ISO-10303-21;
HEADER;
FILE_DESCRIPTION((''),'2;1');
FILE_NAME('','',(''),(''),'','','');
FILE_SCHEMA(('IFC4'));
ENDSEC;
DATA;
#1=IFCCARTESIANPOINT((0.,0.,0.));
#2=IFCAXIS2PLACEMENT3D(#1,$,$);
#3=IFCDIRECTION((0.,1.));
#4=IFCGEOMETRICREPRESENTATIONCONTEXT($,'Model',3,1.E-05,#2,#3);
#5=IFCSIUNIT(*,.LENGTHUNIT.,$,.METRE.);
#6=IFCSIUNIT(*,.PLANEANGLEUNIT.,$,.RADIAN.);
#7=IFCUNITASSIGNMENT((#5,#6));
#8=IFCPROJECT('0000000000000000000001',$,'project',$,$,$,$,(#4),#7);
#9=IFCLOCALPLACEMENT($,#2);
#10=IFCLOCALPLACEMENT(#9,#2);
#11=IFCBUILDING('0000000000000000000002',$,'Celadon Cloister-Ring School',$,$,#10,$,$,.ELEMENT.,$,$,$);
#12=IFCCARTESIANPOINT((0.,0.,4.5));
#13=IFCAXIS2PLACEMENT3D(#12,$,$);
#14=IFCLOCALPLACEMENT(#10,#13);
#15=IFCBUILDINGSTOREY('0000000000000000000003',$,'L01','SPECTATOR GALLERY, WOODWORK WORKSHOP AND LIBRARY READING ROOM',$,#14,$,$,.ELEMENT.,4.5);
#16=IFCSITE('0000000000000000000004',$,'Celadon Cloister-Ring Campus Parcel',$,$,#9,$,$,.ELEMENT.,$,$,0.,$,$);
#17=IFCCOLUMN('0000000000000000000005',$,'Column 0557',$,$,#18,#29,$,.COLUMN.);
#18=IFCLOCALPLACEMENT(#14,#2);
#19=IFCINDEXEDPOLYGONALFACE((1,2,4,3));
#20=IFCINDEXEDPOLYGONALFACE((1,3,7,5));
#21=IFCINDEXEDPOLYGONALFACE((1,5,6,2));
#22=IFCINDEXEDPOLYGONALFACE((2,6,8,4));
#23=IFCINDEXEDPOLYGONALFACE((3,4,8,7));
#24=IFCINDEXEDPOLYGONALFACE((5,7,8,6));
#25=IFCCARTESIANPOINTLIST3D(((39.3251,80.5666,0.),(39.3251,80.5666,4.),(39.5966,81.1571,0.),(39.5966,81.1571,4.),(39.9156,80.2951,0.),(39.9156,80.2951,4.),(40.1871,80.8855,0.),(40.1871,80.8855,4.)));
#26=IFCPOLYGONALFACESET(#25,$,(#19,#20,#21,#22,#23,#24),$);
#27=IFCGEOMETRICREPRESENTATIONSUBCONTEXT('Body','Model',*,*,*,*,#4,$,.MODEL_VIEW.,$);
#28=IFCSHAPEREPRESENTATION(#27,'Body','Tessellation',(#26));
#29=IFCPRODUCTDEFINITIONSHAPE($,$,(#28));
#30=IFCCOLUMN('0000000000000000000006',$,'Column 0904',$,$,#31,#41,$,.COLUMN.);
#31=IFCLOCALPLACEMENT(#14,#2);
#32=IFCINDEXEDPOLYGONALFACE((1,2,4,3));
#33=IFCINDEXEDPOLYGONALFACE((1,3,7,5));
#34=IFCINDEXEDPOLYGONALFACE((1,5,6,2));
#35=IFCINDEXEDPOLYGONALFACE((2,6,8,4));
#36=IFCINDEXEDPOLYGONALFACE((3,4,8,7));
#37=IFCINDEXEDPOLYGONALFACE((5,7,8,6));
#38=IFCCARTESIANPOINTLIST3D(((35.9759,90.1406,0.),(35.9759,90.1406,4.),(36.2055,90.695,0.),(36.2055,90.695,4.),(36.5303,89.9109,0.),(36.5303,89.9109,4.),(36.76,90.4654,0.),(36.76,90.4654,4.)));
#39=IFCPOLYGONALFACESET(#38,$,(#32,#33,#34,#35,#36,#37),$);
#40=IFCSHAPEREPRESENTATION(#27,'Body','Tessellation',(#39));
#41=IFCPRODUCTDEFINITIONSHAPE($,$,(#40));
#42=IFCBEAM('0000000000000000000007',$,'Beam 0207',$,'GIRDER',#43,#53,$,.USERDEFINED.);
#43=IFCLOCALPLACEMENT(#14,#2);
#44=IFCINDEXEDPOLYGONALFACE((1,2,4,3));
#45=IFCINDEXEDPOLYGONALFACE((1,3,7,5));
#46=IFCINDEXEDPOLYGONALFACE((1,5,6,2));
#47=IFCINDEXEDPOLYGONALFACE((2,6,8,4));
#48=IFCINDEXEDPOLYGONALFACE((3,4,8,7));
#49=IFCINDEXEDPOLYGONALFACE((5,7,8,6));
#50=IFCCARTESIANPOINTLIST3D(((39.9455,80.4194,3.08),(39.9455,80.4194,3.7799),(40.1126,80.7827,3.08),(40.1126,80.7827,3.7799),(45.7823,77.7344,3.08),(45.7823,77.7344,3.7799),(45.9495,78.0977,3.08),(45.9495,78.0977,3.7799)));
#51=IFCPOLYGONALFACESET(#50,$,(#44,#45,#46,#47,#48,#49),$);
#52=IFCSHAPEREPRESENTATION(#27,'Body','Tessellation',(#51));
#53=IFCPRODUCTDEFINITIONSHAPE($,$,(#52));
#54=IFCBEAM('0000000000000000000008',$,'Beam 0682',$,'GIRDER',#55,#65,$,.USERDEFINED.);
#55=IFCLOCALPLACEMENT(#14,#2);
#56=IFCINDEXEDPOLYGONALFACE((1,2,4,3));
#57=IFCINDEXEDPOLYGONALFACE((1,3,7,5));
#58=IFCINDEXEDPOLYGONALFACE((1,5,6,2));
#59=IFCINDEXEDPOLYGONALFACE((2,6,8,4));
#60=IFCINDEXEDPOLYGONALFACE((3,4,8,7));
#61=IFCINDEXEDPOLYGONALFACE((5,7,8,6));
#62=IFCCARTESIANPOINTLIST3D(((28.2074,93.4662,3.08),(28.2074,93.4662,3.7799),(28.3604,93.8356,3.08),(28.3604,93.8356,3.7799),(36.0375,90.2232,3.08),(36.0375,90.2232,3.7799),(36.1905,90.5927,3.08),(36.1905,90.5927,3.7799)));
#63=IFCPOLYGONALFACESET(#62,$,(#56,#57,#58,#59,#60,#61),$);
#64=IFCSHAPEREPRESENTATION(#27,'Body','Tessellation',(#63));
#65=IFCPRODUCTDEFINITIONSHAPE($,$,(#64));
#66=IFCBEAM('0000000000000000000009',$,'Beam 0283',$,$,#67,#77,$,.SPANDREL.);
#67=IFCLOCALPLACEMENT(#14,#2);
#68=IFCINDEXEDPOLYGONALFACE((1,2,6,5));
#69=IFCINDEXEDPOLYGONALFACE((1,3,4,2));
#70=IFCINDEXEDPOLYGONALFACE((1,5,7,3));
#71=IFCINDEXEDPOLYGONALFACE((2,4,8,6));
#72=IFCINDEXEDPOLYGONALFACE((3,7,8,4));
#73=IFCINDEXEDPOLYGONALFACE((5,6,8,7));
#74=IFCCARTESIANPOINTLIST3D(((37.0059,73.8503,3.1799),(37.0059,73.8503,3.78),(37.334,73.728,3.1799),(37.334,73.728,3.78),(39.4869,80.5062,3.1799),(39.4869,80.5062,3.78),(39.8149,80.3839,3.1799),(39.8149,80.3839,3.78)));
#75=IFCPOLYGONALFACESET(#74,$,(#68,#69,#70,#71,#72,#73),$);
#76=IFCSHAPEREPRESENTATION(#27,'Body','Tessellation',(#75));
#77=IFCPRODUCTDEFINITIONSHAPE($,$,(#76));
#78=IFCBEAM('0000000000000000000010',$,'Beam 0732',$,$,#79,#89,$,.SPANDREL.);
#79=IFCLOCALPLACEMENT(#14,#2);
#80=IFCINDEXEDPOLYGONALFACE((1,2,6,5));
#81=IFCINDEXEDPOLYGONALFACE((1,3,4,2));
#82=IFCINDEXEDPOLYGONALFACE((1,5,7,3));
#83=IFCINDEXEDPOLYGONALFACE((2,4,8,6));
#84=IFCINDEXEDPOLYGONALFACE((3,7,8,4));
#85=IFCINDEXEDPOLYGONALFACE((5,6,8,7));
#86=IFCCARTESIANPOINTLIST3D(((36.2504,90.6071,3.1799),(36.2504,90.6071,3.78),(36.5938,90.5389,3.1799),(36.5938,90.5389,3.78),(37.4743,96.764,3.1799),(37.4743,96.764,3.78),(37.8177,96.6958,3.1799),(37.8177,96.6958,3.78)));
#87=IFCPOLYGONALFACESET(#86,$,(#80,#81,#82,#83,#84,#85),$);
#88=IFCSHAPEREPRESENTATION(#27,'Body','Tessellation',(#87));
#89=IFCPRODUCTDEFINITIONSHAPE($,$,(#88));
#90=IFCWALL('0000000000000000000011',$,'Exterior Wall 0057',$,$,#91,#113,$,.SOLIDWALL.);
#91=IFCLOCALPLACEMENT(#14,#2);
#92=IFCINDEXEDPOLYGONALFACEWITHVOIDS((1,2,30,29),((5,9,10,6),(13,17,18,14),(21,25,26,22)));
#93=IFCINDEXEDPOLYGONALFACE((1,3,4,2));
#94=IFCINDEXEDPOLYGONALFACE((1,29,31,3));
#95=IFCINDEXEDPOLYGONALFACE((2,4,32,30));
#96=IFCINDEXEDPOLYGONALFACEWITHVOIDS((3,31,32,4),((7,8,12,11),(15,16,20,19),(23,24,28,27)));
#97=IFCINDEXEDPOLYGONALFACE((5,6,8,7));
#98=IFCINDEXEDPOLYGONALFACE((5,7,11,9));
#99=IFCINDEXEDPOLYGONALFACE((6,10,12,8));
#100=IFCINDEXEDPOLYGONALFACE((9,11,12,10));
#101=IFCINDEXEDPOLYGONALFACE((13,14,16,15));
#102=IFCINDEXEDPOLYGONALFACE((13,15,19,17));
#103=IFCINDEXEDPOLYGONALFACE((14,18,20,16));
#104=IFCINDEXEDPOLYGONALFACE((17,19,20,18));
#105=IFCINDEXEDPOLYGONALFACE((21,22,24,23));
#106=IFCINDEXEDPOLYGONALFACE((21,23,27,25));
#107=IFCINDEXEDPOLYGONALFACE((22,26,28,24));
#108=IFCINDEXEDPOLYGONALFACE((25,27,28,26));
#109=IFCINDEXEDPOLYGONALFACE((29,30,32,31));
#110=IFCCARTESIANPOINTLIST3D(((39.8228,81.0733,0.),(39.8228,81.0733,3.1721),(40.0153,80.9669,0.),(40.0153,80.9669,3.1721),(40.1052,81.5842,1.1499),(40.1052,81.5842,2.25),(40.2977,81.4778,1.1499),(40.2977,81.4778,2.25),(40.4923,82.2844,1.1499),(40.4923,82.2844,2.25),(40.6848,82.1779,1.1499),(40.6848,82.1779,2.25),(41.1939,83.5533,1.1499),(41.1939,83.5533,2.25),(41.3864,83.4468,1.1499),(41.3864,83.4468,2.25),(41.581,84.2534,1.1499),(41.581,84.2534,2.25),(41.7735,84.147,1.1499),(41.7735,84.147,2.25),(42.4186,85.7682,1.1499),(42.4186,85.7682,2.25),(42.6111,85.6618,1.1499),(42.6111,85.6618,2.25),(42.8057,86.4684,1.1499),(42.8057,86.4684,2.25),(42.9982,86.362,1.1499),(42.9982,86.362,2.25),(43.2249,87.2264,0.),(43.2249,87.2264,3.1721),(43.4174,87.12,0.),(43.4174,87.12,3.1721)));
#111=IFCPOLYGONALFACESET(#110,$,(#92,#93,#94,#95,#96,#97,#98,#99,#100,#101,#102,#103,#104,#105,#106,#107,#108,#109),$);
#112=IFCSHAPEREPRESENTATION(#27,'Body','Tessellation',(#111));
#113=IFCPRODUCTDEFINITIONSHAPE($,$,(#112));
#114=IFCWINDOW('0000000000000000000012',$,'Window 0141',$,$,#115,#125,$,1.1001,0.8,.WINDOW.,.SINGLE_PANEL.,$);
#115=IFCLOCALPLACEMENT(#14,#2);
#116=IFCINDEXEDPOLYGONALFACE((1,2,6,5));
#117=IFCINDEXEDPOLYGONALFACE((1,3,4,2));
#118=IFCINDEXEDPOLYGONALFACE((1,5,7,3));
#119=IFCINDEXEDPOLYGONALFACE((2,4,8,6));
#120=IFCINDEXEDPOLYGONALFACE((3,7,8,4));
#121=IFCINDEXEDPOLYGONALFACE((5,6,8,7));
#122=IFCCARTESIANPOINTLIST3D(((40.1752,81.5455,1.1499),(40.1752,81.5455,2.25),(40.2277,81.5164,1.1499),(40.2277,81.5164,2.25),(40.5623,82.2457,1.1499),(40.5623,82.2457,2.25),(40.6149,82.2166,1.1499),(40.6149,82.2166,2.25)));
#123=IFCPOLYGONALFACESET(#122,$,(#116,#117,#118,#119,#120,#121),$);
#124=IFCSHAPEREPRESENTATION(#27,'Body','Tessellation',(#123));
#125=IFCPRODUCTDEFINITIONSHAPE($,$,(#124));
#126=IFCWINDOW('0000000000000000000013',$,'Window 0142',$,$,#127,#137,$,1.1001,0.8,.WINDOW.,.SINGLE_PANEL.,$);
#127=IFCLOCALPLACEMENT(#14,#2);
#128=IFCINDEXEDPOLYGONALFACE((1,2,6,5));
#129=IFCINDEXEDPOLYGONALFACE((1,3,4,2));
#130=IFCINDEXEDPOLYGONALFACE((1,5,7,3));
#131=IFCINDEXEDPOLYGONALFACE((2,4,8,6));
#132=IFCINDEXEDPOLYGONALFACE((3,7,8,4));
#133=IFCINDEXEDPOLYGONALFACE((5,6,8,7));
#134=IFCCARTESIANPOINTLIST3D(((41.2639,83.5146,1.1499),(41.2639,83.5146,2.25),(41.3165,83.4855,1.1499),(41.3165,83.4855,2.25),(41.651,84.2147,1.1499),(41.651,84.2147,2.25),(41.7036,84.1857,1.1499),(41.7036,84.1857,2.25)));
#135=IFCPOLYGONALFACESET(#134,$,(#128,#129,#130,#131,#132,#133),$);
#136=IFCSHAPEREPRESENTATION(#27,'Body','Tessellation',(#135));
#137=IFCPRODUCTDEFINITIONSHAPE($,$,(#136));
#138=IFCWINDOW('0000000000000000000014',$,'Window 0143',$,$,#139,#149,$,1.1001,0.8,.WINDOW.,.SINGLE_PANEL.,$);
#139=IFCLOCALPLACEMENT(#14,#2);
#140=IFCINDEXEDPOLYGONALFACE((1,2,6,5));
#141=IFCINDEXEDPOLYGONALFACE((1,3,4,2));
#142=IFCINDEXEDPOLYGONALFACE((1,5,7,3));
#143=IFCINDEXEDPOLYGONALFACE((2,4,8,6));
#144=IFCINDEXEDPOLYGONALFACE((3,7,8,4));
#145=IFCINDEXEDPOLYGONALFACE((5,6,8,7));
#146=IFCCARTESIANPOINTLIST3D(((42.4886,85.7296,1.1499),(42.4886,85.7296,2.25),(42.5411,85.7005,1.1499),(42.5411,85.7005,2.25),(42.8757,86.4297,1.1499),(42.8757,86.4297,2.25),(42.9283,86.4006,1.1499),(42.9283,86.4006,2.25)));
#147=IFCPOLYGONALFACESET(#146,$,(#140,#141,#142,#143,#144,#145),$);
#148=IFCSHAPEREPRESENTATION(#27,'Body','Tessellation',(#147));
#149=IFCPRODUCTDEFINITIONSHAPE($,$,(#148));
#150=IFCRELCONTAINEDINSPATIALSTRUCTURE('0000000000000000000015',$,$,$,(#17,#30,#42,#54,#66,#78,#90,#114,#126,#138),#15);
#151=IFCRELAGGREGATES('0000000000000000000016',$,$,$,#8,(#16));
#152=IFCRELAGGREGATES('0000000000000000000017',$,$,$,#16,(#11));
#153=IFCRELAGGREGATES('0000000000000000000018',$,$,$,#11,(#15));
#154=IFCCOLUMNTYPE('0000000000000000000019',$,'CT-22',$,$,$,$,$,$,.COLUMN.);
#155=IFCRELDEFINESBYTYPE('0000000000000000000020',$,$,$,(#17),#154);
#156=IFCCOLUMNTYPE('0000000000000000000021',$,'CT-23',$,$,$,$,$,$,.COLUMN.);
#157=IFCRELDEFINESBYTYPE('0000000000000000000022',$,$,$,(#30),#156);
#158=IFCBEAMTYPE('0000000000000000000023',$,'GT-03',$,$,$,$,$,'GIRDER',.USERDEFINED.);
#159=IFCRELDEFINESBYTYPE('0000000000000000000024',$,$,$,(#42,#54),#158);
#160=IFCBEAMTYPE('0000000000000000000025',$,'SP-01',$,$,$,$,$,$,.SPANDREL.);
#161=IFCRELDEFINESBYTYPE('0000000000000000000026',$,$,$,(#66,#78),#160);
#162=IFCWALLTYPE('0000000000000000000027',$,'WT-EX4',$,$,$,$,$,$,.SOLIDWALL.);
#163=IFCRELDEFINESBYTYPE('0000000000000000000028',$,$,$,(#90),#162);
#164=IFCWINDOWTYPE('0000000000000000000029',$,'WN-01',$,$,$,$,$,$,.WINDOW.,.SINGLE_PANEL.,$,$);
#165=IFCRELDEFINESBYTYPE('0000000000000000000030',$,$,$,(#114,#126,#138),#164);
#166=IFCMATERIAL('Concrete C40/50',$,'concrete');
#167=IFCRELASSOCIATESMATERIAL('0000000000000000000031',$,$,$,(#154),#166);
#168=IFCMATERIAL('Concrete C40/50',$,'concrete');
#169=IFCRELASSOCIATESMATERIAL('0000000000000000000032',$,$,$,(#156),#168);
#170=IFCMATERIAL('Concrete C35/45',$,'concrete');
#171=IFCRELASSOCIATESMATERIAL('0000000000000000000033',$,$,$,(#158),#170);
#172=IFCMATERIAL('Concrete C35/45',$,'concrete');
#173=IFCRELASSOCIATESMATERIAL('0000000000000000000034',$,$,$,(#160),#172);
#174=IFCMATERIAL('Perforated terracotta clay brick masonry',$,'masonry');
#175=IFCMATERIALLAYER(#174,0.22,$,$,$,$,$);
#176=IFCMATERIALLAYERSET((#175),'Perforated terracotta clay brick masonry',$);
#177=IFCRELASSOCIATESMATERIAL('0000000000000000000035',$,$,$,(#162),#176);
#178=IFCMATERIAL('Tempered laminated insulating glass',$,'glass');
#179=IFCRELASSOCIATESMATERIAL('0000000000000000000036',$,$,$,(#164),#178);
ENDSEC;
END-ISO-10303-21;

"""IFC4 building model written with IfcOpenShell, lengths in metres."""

from ifc_helpers import new_model, si_unit, direction, frame, frame_2d, origin, origin_2d, place, context, subcontext, project, spatial, rectangle, extrude, material, layer, layer_set, material_profile, profile_set, type_object, element, fill, save


model = new_model("IFC4")

# Units and contexts
model_context = context("Model", 3, precision=1e-05, world=origin(), true_north=direction((0.0, 1.0)))
body_context = subcontext(model_context, "Body", "Model", "MODEL_VIEW")
ifc_project = project(units=[si_unit("LENGTHUNIT", "METRE"), si_unit("PLANEANGLEUNIT", "RADIAN")], contexts=[model_context])

# Site, building, storey
site_placement = place(None, origin())
site = spatial("IfcSite", under=ifc_project, at=site_placement, Name="Celadon Cloister-Ring Campus Parcel", CompositionType="ELEMENT", RefElevation=0.0)
building_placement = place(site_placement, origin())
building = spatial("IfcBuilding", under=site, at=building_placement, Name="Celadon Cloister-Ring School", CompositionType="ELEMENT")
storey_placement = place(building_placement, frame((0.0, 0.0, 4.5)))
storey = spatial("IfcBuildingStorey", under=building, at=storey_placement, Name="L01", Description="SPECTATOR GALLERY, WOODWORK WORKSHOP AND LIBRARY READING ROOM", CompositionType="ELEMENT", Elevation=4.5)

# Columns
ifc_material_1 = material(Name="Concrete C40/50", Category="concrete")
ifc_material_profile_1 = material_profile(ifc_material_1, rectangle(XDim=0.6499, YDim=0.6499, at=origin_2d()), Name="RC650X650")
ifc_profile_set_1 = profile_set([ifc_material_profile_1], Name="Concrete C40/50")
column_type_1 = type_object("IfcColumnType", Name="CT-22", PredefinedType="COLUMN", material=ifc_profile_set_1)
column_1_placement = place(storey_placement, frame((39.7561, 80.7261, 0.0), z_axis=(0.0, 0.0, 1.0), x_axis=(-0.908537, 0.417804, 0.0)))
element("IfcColumn", 1, at=column_1_placement, inside=storey, type_object=column_type_1, Name="Column 0557", PredefinedType="COLUMN", context=body_context, shape_type="SweptSolid", body=[
    extrude(rectangle(XDim=0.6499, YDim=0.6499, at=origin_2d()), origin(), (0.0, 0.0, 1.0), 4.0),
])
ifc_material_2 = material(Name="Concrete C40/50", Category="concrete")
ifc_material_profile_2 = material_profile(ifc_material_2, rectangle(XDim=0.6001, YDim=0.6001, at=origin_2d()), Name="RC600X600")
ifc_profile_set_2 = profile_set([ifc_material_profile_2], Name="Concrete C40/50")
column_type_2 = type_object("IfcColumnType", Name="CT-23", PredefinedType="COLUMN", material=ifc_profile_set_2)
column_2_placement = place(storey_placement, frame((36.3679, 90.303, 0.0), z_axis=(0.0, 0.0, 1.0), x_axis=(0.92388, -0.382683, 0.0)))
element("IfcColumn", 2, at=column_2_placement, inside=storey, type_object=column_type_2, Name="Column 0904", PredefinedType="COLUMN", context=body_context, shape_type="SweptSolid", body=[
    extrude(rectangle(XDim=0.6001, YDim=0.6001, at=origin_2d()), origin(), (0.0, 0.0, 1.0), 4.0),
])

# Beams
ifc_material_3 = material(Name="Concrete C35/45", Category="concrete")
ifc_material_profile_3 = material_profile(ifc_material_3, rectangle(XDim=0.3999, YDim=0.7, at=origin_2d()), Name="RC400X700")
ifc_profile_set_3 = profile_set([ifc_material_profile_3], Name="Concrete C35/45")
beam_type_1 = type_object("IfcBeamType", Name="GT-03", ElementType="GIRDER", PredefinedType="USERDEFINED", material=ifc_profile_set_3)
beam_1_placement = place(storey_placement, frame((40.0291, 80.6011, 3.4299), z_axis=(0.908486, -0.417916, 0.0), x_axis=(0.417916, 0.908486, 0.0)))
element("IfcBeam", 3, at=beam_1_placement, inside=storey, type_object=beam_type_1, Name="Beam 0207", ObjectType="GIRDER", PredefinedType="USERDEFINED", context=body_context, shape_type="SweptSolid", body=[
    extrude(rectangle(XDim=0.3999, YDim=0.7, at=origin_2d()), origin(), (0.0, 0.0, 1.0), 6.4248),
])
beam_2_placement = place(storey_placement, frame((36.114, 90.408, 3.4299), z_axis=(-0.923896, 0.382643, 0.0), x_axis=(-0.382643, -0.923896, 0.0)))
element("IfcBeam", 4, at=beam_2_placement, inside=storey, type_object=beam_type_1, Name="Beam 0682", ObjectType="GIRDER", PredefinedType="USERDEFINED", context=body_context, shape_type="SweptSolid", body=[
    extrude(rectangle(XDim=0.3999, YDim=0.7, at=origin_2d()), origin(), (0.0, 0.0, 1.0), 8.4751),
])
ifc_material_4 = material(Name="Concrete C35/45", Category="concrete")
ifc_material_profile_4 = material_profile(ifc_material_4, rectangle(XDim=0.3501, YDim=0.6001, at=origin_2d()), Name="RC350X600")
ifc_profile_set_4 = profile_set([ifc_material_profile_4], Name="Concrete C35/45")
beam_type_2 = type_object("IfcBeamType", Name="SP-01", PredefinedType="SPANDREL", material=ifc_profile_set_4)
beam_3_placement = place(storey_placement, frame((39.6509, 80.4451, 3.48), z_axis=(-0.349266, -0.937024, 0.0), x_axis=(0.937024, -0.349266, 0.0)))
element("IfcBeam", 5, at=beam_3_placement, inside=storey, type_object=beam_type_2, Name="Beam 0283", PredefinedType="SPANDREL", context=body_context, shape_type="SweptSolid", body=[
    extrude(rectangle(XDim=0.3501, YDim=0.6001, at=origin_2d()), origin(), (0.0, 0.0, 1.0), 7.1033),
])
beam_4_placement = place(storey_placement, frame((36.4221, 90.573, 3.48), z_axis=(0.194964, 0.98081, 0.0), x_axis=(-0.98081, 0.194964, 0.0)))
element("IfcBeam", 6, at=beam_4_placement, inside=storey, type_object=beam_type_2, Name="Beam 0732", PredefinedType="SPANDREL", context=body_context, shape_type="SweptSolid", body=[
    extrude(rectangle(XDim=0.3501, YDim=0.6001, at=origin_2d()), origin(), (0.0, 0.0, 1.0), 6.2773),
])

# Wall, openings, windows
ifc_material_5 = material(Name="Perforated terracotta clay brick masonry", Category="masonry")
ifc_layer_1 = layer(ifc_material_5, 0.22)
ifc_layer_set_1 = layer_set([ifc_layer_1], Name="Perforated terracotta clay brick masonry")
wall_type = type_object("IfcWallType", Name="WT-EX4", PredefinedType="SOLIDWALL", material=ifc_layer_set_1)
wall_1_placement = place(storey_placement, frame((39.9189, 81.02, 0.0), z_axis=(0.0, 0.0, 1.0), x_axis=(0.483873, 0.875138, 0.0)))
wall_1 = element("IfcWall", 7, at=wall_1_placement, inside=storey, type_object=wall_type, Name="Exterior Wall 0057", PredefinedType="SOLIDWALL", context=body_context, shape_type="SweptSolid", body=[
    extrude(rectangle(XDim=7.031, YDim=0.22, at=frame_2d((3.5156, 0.0))), origin(), (0.0, 0.0, 1.0), 3.1721),
])
opening_1_placement = place(wall_1_placement, frame((0.584, 0.0, 1.1499)))
opening_1 = element("IfcOpeningElement", 8, at=opening_1_placement, cuts=wall_1, PredefinedType="OPENING", context=body_context, shape_type="SweptSolid", body=[
    extrude(rectangle(XDim=0.8, YDim=1.1001, at=frame_2d((0.3999, 0.55))), frame((0.0, 0.1201, 0.0), z_axis=(0.0, -1.0, 0.0), x_axis=(1.0, 0.0, 0.0)), (0.0, 0.0, 1.0), 0.24),
])
opening_2_placement = place(wall_1_placement, frame((2.834, 0.0, 1.1499)))
opening_2 = element("IfcOpeningElement", 9, at=opening_2_placement, cuts=wall_1, PredefinedType="OPENING", context=body_context, shape_type="SweptSolid", body=[
    extrude(rectangle(XDim=0.8, YDim=1.1001, at=frame_2d((0.3999, 0.55))), frame((0.0, 0.1201, 0.0), z_axis=(0.0, -1.0, 0.0), x_axis=(1.0, 0.0, 0.0)), (0.0, 0.0, 1.0), 0.24),
])
opening_3_placement = place(wall_1_placement, frame((5.365, 0.0, 1.1499)))
opening_3 = element("IfcOpeningElement", 10, at=opening_3_placement, cuts=wall_1, PredefinedType="OPENING", context=body_context, shape_type="SweptSolid", body=[
    extrude(rectangle(XDim=0.8, YDim=1.1001, at=frame_2d((0.3999, 0.55))), frame((0.0, 0.1201, 0.0), z_axis=(0.0, -1.0, 0.0), x_axis=(1.0, 0.0, 0.0)), (0.0, 0.0, 1.0), 0.24),
])
ifc_material_6 = material(Name="Tempered laminated insulating glass", Category="glass")
window_type_1 = type_object("IfcWindowType", Name="WN-01", PartitioningType="SINGLE_PANEL", PredefinedType="WINDOW", material=ifc_material_6)
window_1_placement = place(opening_1_placement, origin())
window_1 = element("IfcWindow", 11, at=window_1_placement, inside=storey, type_object=window_type_1, Name="Window 0141", OverallHeight=1.1001, OverallWidth=0.8, PartitioningType="SINGLE_PANEL", PredefinedType="WINDOW", context=body_context, shape_type="SweptSolid", body=[
    extrude(rectangle(XDim=0.8, YDim=1.1001, at=frame_2d((0.3999, 0.55))), frame((0.0, 0.03, 0.0), z_axis=(0.0, -1.0, 0.0), x_axis=(1.0, 0.0, 0.0)), (0.0, 0.0, 1.0), 0.0601),
])
fill(opening_1, window_1)
window_2_placement = place(opening_2_placement, origin())
window_2 = element("IfcWindow", 12, at=window_2_placement, inside=storey, type_object=window_type_1, Name="Window 0142", OverallHeight=1.1001, OverallWidth=0.8, PartitioningType="SINGLE_PANEL", PredefinedType="WINDOW", context=body_context, shape_type="SweptSolid", body=[
    extrude(rectangle(XDim=0.8, YDim=1.1001, at=frame_2d((0.3999, 0.55))), frame((0.0, 0.03, 0.0), z_axis=(0.0, -1.0, 0.0), x_axis=(1.0, 0.0, 0.0)), (0.0, 0.0, 1.0), 0.0601),
])
fill(opening_2, window_2)
window_3_placement = place(opening_3_placement, origin())
window_3 = element("IfcWindow", 13, at=window_3_placement, inside=storey, type_object=window_type_1, Name="Window 0143", OverallHeight=1.1001, OverallWidth=0.8, PartitioningType="SINGLE_PANEL", PredefinedType="WINDOW", context=body_context, shape_type="SweptSolid", body=[
    extrude(rectangle(XDim=0.8, YDim=1.1001, at=frame_2d((0.3999, 0.55))), frame((0.0, 0.03, 0.0), z_axis=(0.0, -1.0, 0.0), x_axis=(1.0, 0.0, 0.0)), (0.0, 0.0, 1.0), 0.0601),
])
fill(opening_3, window_3)

save(model, "model.ifc")
